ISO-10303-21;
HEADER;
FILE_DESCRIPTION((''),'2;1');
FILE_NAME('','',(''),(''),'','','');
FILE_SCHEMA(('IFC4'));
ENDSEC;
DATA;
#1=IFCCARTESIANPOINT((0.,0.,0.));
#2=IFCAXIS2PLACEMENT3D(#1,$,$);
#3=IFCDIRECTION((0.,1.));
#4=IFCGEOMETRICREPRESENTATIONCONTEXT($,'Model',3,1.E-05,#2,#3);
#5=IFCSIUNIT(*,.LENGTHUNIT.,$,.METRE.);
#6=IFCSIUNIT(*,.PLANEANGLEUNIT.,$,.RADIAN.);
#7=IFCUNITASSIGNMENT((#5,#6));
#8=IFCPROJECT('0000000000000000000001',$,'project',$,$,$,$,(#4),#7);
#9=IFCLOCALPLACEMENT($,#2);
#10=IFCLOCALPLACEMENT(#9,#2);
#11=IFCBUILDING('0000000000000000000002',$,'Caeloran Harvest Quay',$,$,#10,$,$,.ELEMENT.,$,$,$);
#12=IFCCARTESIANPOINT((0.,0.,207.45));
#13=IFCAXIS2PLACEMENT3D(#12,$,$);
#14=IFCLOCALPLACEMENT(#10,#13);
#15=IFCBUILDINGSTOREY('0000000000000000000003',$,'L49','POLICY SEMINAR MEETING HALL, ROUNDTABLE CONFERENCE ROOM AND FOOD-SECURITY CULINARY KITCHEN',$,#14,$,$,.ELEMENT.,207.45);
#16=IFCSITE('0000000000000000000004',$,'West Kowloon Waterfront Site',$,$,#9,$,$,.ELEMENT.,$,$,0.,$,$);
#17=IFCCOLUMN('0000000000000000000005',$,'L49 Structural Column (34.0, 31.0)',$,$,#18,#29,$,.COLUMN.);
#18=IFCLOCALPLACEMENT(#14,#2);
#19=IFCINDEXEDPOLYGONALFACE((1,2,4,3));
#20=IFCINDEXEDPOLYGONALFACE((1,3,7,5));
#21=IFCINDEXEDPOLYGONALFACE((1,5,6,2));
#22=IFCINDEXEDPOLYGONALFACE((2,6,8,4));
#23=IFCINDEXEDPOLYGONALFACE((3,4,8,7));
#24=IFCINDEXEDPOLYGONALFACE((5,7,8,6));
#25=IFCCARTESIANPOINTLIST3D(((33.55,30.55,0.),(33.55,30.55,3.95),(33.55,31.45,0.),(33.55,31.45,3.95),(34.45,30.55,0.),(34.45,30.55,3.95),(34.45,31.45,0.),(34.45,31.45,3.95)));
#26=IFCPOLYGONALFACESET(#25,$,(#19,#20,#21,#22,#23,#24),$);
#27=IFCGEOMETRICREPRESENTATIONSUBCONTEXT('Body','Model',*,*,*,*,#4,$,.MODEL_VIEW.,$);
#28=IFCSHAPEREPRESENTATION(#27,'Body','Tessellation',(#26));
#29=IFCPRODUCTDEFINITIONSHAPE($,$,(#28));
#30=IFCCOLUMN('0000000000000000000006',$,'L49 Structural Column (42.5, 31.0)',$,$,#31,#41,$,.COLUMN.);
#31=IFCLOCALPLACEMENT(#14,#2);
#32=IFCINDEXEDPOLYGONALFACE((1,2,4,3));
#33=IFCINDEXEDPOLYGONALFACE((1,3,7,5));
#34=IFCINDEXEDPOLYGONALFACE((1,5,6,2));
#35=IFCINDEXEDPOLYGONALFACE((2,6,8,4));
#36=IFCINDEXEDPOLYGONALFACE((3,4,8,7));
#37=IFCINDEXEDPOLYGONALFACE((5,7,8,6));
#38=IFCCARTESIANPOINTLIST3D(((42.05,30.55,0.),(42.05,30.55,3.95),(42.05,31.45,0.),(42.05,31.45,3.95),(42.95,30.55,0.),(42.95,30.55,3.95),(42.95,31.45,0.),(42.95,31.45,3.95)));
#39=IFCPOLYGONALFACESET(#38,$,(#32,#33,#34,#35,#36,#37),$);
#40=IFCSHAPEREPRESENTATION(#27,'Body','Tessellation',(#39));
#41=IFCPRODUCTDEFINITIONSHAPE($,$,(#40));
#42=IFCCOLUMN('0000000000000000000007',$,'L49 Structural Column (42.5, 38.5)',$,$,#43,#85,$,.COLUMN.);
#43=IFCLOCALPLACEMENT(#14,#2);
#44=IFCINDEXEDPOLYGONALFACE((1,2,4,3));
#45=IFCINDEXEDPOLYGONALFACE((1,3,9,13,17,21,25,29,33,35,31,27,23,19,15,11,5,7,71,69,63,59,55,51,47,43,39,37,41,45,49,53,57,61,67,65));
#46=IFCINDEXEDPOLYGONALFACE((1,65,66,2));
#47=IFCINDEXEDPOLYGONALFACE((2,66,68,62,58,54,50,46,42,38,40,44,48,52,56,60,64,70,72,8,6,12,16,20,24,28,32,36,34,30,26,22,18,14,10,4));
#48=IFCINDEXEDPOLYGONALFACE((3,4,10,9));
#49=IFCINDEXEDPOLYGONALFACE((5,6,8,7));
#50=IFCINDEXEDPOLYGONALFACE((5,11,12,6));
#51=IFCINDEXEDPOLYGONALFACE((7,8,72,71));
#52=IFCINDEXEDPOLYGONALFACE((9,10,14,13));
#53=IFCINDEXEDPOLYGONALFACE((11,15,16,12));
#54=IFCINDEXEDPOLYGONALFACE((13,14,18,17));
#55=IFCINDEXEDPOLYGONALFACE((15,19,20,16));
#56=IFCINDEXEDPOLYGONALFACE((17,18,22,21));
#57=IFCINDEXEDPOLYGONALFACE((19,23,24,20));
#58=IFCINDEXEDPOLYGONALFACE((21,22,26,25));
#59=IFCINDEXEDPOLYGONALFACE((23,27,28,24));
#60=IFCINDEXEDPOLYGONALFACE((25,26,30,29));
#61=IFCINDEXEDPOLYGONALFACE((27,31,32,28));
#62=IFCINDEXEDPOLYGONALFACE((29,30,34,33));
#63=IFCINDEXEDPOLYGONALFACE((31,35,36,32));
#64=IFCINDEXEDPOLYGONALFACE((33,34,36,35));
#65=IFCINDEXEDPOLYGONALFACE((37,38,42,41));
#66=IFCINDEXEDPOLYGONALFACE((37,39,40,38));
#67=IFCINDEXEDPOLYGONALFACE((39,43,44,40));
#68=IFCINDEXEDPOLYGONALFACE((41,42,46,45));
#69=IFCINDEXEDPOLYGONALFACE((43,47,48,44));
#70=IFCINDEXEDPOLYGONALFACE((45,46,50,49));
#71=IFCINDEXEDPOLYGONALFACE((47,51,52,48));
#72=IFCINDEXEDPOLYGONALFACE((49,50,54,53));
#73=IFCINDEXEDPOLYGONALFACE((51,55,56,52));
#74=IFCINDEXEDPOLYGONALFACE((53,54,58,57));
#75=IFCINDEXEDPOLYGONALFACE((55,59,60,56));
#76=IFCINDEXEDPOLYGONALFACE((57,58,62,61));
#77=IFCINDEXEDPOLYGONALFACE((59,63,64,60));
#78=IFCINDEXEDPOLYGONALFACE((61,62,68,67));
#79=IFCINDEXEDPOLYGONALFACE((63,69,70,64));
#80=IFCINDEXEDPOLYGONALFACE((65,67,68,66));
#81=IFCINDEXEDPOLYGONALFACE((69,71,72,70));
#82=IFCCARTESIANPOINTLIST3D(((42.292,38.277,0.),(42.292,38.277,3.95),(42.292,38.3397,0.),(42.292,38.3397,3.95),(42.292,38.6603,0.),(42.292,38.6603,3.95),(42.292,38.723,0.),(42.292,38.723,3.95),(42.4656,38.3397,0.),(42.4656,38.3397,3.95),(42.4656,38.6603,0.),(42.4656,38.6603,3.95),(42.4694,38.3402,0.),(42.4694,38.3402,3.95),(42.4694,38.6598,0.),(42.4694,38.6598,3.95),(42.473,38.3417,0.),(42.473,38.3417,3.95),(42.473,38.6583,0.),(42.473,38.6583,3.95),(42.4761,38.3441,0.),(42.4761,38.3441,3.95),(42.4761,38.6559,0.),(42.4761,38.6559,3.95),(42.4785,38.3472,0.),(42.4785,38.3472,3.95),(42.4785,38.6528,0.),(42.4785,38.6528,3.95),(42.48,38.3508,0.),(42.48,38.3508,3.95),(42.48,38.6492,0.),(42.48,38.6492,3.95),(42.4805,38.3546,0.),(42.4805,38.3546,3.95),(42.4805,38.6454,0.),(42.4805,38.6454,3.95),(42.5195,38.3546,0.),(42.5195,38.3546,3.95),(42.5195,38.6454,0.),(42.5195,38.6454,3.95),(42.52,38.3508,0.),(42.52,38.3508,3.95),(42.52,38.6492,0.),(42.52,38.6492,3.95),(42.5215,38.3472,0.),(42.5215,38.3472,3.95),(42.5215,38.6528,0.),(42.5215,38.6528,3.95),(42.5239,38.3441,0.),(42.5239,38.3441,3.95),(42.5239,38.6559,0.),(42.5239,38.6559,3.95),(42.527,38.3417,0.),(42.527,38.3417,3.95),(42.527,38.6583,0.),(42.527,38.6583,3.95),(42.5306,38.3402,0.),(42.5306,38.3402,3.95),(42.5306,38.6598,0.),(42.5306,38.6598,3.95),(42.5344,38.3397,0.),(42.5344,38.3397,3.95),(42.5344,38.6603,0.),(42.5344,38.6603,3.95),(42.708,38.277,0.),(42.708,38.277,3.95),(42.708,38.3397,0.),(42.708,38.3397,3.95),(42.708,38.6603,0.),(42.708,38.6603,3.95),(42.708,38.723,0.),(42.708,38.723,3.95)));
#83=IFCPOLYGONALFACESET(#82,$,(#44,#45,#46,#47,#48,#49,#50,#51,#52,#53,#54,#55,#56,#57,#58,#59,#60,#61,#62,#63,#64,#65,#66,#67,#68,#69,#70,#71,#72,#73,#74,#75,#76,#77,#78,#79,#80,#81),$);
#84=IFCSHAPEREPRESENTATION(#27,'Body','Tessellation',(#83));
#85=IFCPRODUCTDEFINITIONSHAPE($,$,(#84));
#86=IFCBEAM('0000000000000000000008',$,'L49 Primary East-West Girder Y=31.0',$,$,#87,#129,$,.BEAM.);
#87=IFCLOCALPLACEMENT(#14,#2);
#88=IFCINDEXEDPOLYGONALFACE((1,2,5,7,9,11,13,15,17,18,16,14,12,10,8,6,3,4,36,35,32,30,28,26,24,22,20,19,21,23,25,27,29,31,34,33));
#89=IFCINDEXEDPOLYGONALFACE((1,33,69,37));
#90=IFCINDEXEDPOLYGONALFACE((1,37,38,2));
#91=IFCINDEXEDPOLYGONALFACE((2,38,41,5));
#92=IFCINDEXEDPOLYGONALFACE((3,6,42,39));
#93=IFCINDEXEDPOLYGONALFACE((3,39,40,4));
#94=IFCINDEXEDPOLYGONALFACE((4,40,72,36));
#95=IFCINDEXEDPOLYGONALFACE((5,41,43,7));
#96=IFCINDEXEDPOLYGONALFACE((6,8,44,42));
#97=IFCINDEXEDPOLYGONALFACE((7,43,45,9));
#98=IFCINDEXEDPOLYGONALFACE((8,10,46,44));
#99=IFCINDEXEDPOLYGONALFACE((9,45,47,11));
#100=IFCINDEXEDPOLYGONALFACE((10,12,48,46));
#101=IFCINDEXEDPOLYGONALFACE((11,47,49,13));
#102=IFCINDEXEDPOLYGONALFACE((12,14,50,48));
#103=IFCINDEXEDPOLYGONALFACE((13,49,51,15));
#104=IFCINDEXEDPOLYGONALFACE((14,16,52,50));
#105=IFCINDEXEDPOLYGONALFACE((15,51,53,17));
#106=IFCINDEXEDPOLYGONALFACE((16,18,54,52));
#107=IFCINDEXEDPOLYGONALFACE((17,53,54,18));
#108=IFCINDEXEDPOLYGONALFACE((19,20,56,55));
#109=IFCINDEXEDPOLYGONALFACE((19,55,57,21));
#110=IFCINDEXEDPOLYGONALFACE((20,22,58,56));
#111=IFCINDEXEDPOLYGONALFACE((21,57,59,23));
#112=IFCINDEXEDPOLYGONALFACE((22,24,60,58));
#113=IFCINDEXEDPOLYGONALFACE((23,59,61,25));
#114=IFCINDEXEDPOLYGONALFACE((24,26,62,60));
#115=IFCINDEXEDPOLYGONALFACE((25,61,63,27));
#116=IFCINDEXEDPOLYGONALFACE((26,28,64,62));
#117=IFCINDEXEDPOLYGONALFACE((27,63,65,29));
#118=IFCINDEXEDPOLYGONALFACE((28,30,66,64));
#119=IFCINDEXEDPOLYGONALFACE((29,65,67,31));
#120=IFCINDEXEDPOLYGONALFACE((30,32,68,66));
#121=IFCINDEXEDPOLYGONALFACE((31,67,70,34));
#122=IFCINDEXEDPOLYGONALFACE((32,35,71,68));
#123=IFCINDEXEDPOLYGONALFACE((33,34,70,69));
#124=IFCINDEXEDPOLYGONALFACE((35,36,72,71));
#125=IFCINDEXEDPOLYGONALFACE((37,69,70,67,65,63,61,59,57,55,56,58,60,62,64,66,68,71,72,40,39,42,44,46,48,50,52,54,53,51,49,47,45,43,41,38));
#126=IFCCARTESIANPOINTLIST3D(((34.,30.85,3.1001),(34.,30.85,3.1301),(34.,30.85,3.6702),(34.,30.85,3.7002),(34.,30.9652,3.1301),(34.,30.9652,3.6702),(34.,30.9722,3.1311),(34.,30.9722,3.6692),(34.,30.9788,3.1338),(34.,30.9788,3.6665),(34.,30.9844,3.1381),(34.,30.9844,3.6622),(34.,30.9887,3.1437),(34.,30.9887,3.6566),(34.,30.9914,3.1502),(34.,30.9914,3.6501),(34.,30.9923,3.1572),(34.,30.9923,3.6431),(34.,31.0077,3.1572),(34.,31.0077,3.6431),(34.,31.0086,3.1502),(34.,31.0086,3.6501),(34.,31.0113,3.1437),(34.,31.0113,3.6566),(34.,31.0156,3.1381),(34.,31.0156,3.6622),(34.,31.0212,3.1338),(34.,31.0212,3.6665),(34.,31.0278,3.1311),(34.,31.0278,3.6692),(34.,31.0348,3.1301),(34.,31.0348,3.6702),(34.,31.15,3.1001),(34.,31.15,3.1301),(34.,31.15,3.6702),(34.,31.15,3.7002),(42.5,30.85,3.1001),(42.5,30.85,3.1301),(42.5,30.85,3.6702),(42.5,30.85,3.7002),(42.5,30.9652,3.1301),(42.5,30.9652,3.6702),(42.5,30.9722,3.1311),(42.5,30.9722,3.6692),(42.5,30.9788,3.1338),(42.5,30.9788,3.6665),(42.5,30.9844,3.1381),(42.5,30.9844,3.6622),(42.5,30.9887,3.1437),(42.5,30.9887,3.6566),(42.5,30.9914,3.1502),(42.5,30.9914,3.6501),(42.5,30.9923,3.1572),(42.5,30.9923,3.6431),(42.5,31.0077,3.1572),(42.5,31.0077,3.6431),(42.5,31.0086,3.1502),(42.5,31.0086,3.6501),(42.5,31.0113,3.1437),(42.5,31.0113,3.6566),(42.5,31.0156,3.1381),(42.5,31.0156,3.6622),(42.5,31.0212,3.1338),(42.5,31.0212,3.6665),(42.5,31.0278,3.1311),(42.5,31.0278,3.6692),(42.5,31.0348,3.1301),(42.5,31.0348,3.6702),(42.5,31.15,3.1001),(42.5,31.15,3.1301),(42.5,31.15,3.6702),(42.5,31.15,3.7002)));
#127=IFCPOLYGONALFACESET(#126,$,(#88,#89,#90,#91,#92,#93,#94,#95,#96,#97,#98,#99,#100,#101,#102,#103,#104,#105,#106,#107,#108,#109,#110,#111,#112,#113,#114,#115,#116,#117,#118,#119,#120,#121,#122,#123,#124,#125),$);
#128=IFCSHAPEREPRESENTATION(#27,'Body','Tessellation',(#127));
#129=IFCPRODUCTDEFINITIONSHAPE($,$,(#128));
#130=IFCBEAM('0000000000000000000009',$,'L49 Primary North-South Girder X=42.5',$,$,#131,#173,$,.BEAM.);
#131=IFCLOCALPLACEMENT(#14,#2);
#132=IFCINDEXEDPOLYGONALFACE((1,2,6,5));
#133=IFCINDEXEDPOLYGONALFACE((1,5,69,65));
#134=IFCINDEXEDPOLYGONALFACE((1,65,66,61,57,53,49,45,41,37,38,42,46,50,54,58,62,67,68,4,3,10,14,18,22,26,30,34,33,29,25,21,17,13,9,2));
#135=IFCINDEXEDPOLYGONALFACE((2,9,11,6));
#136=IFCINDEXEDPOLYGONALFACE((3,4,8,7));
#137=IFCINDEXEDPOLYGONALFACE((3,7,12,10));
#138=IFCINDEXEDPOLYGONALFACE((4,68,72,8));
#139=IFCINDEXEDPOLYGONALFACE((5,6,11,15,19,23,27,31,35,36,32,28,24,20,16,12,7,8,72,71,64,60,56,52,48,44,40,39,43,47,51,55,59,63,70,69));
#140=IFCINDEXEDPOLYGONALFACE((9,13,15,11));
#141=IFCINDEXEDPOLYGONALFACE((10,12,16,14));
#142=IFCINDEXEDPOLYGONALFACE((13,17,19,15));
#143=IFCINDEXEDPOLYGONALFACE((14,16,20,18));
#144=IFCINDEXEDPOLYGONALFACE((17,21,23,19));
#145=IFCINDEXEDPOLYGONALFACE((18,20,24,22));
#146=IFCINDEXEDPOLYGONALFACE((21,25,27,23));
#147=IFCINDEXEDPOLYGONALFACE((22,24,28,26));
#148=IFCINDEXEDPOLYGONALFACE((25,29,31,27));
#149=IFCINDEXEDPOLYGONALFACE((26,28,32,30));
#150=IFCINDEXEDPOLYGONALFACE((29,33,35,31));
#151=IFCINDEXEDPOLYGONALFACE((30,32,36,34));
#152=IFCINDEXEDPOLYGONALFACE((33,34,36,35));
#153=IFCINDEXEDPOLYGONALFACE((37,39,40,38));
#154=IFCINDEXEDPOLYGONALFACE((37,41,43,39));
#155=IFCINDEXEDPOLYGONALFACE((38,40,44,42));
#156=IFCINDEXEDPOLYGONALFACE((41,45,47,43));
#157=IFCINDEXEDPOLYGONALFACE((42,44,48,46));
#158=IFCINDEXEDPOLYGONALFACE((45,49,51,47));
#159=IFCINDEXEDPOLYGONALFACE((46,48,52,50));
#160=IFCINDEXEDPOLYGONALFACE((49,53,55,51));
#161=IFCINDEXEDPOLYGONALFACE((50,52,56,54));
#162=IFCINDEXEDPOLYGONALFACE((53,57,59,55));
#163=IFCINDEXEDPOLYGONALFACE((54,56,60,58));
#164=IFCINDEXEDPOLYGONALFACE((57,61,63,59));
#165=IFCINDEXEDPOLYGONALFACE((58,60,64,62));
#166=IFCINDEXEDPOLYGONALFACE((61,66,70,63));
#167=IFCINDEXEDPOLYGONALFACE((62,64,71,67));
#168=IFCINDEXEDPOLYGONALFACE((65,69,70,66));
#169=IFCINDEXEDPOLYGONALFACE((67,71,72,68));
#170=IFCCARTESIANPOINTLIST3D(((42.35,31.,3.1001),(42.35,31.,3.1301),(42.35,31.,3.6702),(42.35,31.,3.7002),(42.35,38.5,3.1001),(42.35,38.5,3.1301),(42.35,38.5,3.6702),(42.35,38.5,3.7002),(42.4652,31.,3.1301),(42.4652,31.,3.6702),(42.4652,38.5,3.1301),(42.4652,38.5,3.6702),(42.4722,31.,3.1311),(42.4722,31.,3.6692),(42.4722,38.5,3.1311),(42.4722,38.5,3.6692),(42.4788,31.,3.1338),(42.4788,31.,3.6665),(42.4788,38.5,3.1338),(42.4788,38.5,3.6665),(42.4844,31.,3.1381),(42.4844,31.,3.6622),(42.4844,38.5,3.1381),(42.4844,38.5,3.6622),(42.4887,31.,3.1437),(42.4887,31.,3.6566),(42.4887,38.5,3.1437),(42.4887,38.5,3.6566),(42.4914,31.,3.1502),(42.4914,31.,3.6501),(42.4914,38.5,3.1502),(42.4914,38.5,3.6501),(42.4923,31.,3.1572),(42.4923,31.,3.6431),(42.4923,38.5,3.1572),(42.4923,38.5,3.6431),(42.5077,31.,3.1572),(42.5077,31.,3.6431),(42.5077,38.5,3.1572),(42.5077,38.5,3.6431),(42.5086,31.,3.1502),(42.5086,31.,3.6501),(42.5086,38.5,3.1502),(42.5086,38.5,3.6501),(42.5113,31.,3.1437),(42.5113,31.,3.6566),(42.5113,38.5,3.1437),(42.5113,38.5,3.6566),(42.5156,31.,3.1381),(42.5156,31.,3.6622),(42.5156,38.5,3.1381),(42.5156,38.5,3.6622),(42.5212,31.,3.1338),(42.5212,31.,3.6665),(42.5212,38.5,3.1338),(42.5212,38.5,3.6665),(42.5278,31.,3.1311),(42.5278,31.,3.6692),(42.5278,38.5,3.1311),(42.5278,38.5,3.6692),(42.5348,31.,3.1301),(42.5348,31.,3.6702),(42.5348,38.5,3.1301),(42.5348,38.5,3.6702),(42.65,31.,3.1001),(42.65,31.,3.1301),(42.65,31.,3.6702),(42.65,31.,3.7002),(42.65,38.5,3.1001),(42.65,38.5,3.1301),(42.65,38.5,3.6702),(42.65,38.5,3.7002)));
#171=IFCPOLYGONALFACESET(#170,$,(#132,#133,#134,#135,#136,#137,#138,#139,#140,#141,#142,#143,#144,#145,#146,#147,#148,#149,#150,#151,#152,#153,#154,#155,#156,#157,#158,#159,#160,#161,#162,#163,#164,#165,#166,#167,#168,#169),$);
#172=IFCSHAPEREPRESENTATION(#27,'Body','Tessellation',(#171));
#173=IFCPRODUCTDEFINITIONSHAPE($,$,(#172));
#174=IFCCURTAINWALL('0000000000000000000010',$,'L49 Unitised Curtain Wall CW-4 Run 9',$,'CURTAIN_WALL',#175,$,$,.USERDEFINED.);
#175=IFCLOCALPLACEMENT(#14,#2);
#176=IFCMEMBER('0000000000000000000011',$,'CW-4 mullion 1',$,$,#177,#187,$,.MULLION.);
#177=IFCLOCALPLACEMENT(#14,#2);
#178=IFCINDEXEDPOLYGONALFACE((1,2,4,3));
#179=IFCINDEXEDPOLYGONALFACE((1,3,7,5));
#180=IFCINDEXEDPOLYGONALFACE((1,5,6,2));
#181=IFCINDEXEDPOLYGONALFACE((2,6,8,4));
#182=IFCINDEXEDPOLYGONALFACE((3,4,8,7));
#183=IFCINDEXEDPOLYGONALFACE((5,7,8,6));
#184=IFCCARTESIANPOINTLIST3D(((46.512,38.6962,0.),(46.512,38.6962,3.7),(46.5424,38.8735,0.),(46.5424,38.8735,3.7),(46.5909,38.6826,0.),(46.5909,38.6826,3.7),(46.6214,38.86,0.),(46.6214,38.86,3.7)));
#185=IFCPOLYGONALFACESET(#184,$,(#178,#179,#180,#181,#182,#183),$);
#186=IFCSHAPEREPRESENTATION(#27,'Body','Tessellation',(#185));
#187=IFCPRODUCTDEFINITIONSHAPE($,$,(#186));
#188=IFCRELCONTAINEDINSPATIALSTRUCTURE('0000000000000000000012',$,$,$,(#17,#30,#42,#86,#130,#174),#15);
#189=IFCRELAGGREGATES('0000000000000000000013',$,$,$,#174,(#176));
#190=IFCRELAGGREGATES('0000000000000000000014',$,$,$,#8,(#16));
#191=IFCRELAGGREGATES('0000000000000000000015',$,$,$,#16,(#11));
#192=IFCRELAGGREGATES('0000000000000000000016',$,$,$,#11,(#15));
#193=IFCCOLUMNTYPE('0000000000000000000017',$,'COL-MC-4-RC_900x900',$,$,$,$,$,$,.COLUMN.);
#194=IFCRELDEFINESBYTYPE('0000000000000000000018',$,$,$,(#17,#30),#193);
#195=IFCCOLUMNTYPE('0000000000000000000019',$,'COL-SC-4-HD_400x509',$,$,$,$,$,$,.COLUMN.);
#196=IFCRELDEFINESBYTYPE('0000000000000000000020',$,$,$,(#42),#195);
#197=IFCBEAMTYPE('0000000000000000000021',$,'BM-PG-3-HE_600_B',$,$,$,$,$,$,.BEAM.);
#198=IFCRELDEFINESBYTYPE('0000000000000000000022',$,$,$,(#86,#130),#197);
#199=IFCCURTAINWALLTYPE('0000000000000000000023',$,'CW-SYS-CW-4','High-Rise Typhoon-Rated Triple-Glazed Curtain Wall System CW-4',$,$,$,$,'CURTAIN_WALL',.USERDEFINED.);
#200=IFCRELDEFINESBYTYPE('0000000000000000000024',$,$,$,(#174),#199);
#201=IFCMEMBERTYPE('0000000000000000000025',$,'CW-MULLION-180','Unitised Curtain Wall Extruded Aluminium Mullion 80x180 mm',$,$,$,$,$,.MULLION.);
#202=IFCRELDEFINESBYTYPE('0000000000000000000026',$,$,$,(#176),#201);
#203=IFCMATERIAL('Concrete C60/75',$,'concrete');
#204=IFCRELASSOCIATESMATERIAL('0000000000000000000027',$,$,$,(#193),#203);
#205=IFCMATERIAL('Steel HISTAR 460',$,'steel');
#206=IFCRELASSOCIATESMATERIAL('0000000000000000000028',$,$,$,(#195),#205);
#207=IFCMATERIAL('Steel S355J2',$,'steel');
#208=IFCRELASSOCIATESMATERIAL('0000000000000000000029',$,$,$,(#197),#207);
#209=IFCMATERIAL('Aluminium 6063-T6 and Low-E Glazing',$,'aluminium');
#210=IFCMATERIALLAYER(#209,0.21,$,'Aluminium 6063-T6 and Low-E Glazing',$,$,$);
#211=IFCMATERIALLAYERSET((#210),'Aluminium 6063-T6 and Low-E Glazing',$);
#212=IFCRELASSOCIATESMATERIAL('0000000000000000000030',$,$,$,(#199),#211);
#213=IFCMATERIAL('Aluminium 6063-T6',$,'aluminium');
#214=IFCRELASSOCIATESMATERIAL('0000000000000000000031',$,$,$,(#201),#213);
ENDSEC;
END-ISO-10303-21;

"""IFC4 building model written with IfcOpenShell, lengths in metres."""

from ifc_helpers import new_model, si_unit, direction, frame, origin, origin_2d, place, context, subcontext, project, spatial, rectangle, i_section, extrude, material, layer, layer_set, material_profile, profile_set, type_object, element, aggregate, save


model = new_model("IFC4")

# Units and contexts
model_context = context("Model", 3, precision=1e-05, world=origin(), true_north=direction((0.0, 1.0)))
body_context = subcontext(model_context, "Body", "Model", "MODEL_VIEW")
ifc_project = project(units=[si_unit("LENGTHUNIT", "METRE"), si_unit("PLANEANGLEUNIT", "RADIAN")], contexts=[model_context])

# Site, building, storey
site_placement = place(None, origin())
site = spatial("IfcSite", under=ifc_project, at=site_placement, Name="West Kowloon Waterfront Site", CompositionType="ELEMENT", RefElevation=0.0)
building_placement = place(site_placement, origin())
building = spatial("IfcBuilding", under=site, at=building_placement, Name="Caeloran Harvest Quay", CompositionType="ELEMENT")
storey_placement = place(building_placement, frame((0.0, 0.0, 207.45)))
storey = spatial("IfcBuildingStorey", under=building, at=storey_placement, Name="L49", Description="POLICY SEMINAR MEETING HALL, ROUNDTABLE CONFERENCE ROOM AND FOOD-SECURITY CULINARY KITCHEN", CompositionType="ELEMENT", Elevation=207.45)

# Columns
ifc_material_1 = material(Name="Concrete C60/75", Category="concrete")
ifc_material_profile_1 = material_profile(ifc_material_1, rectangle(XDim=0.8999, YDim=0.8999, at=origin_2d()), Name="RC 900x900")
ifc_profile_set_1 = profile_set([ifc_material_profile_1], Name="Concrete C60/75")
column_type_1 = type_object("IfcColumnType", Name="COL-MC-4-RC_900x900", PredefinedType="COLUMN", material=ifc_profile_set_1)
for number, where, z_axis, x_axis, name in (
    (1, (34.0, 31.0, 0.0), (0.0, 0.0, 1.0), (1.0, 0.0, 0.0), "L49 Structural Column (34.0, 31.0)"),
    (2, (42.5, 31.0, 0.0), (0.0, 0.0, 1.0), (1.0, 0.0, 0.0), "L49 Structural Column (42.5, 31.0)"),
):
    element("IfcColumn", number, at=place(storey_placement, frame(where, z_axis=z_axis, x_axis=x_axis)), inside=storey, type_object=column_type_1, Name=name, PredefinedType="COLUMN", context=body_context, shape_type="SweptSolid", body=[
        extrude(rectangle(XDim=0.8999, YDim=0.8999, at=origin_2d()), origin(), (0.0, 0.0, 1.0), 3.95),
    ])
ifc_material_2 = material(Name="Steel HISTAR 460", Category="steel")
ifc_material_profile_2 = material_profile(ifc_material_2, i_section(OverallWidth=0.416, OverallDepth=0.446, WebThickness=0.0391, FlangeThickness=0.0627, FilletRadius=0.0149, at=origin_2d()), Name="HD 400x509")
ifc_profile_set_2 = profile_set([ifc_material_profile_2], Name="Steel HISTAR 460")
column_type_2 = type_object("IfcColumnType", Name="COL-SC-4-HD_400x509", PredefinedType="COLUMN", material=ifc_profile_set_2)
column_placement = place(storey_placement, frame((42.5, 38.5, 0.0), z_axis=(0.0, 0.0, 1.0), x_axis=(1.0, 0.0, 0.0)))
element("IfcColumn", 3, at=column_placement, inside=storey, type_object=column_type_2, Name="L49 Structural Column (42.5, 38.5)", PredefinedType="COLUMN", context=body_context, shape_type="SweptSolid", body=[
    extrude(i_section(OverallWidth=0.416, OverallDepth=0.446, WebThickness=0.0391, FlangeThickness=0.0627, FilletRadius=0.0149, at=origin_2d()), origin(), (0.0, 0.0, 1.0), 3.95),
])

# Beams
ifc_material_3 = material(Name="Steel S355J2", Category="steel")
ifc_material_profile_3 = material_profile(ifc_material_3, i_section(OverallWidth=0.3, OverallDepth=0.6001, WebThickness=0.0154, FlangeThickness=0.03, FilletRadius=0.0271, at=origin_2d()), Name="HE 600 B")
ifc_profile_set_3 = profile_set([ifc_material_profile_3], Name="Steel S355J2")
beam_type = type_object("IfcBeamType", Name="BM-PG-3-HE_600_B", PredefinedType="BEAM", material=ifc_profile_set_3)
beam_1_placement = place(storey_placement, frame((34.0, 31.0, 3.4001), z_axis=(1.0, 0.0, 0.0), x_axis=(0.0, 1.0, 0.0)))
element("IfcBeam", 4, at=beam_1_placement, inside=storey, type_object=beam_type, Name="L49 Primary East-West Girder Y=31.0", PredefinedType="BEAM", context=body_context, shape_type="SweptSolid", body=[
    extrude(i_section(OverallWidth=0.3, OverallDepth=0.6001, WebThickness=0.0154, FlangeThickness=0.03, FilletRadius=0.0271, at=origin_2d()), origin(), (0.0, 0.0, 1.0), 8.5),
])
beam_2_placement = place(storey_placement, frame((42.5, 31.0, 3.4001), z_axis=(0.0, 1.0, 0.0), x_axis=(-1.0, 0.0, 0.0)))
element("IfcBeam", 5, at=beam_2_placement, inside=storey, type_object=beam_type, Name="L49 Primary North-South Girder X=42.5", PredefinedType="BEAM", context=body_context, shape_type="SweptSolid", body=[
    extrude(i_section(OverallWidth=0.3, OverallDepth=0.6001, WebThickness=0.0154, FlangeThickness=0.03, FilletRadius=0.0271, at=origin_2d()), origin(), (0.0, 0.0, 1.0), 7.5),
])

# Curtain wall, member
ifc_material_4 = material(Name="Aluminium 6063-T6 and Low-E Glazing", Category="aluminium")
ifc_layer_1 = layer(ifc_material_4, 0.21, Name="Aluminium 6063-T6 and Low-E Glazing")
ifc_layer_set_1 = layer_set([ifc_layer_1], Name="Aluminium 6063-T6 and Low-E Glazing")
curtain_wall_type = type_object("IfcCurtainWallType", Name="CW-SYS-CW-4", Description="High-Rise Typhoon-Rated Triple-Glazed Curtain Wall System CW-4", ElementType="CURTAIN_WALL", PredefinedType="USERDEFINED", material=ifc_layer_set_1)
curtain_wall_placement = place(storey_placement, origin())
curtain_wall = element("IfcCurtainWall", 6, at=curtain_wall_placement, inside=storey, type_object=curtain_wall_type, Name="L49 Unitised Curtain Wall CW-4 Run 9", ObjectType="CURTAIN_WALL", PredefinedType="USERDEFINED")
ifc_material_5 = material(Name="Aluminium 6063-T6", Category="aluminium")
ifc_material_profile_4 = material_profile(ifc_material_5, rectangle(XDim=0.0801, YDim=0.1799, at=origin_2d()), Name="CW-MULLION-180")
ifc_profile_set_4 = profile_set([ifc_material_profile_4], Name="Aluminium 6063-T6")
member_type_1 = type_object("IfcMemberType", Name="CW-MULLION-180", Description="Unitised Curtain Wall Extruded Aluminium Mullion 80x180 mm", PredefinedType="MULLION", material=ifc_profile_set_4)
member_1_placement = place(storey_placement, frame((46.5667, 38.7781, 0.0), z_axis=(0.0, 0.0, 1.0), x_axis=(0.985549, -0.169391, 0.0)))
member_1 = element("IfcMember", 7, at=member_1_placement, type_object=member_type_1, Name="CW-4 mullion 1", PredefinedType="MULLION", context=body_context, shape_type="SweptSolid", body=[
    extrude(rectangle(XDim=0.0801, YDim=0.1799, at=origin_2d()), origin(), (0.0, 0.0, 1.0), 3.7),
])
aggregate(curtain_wall, [member_1])

save(model, "model.ifc")
